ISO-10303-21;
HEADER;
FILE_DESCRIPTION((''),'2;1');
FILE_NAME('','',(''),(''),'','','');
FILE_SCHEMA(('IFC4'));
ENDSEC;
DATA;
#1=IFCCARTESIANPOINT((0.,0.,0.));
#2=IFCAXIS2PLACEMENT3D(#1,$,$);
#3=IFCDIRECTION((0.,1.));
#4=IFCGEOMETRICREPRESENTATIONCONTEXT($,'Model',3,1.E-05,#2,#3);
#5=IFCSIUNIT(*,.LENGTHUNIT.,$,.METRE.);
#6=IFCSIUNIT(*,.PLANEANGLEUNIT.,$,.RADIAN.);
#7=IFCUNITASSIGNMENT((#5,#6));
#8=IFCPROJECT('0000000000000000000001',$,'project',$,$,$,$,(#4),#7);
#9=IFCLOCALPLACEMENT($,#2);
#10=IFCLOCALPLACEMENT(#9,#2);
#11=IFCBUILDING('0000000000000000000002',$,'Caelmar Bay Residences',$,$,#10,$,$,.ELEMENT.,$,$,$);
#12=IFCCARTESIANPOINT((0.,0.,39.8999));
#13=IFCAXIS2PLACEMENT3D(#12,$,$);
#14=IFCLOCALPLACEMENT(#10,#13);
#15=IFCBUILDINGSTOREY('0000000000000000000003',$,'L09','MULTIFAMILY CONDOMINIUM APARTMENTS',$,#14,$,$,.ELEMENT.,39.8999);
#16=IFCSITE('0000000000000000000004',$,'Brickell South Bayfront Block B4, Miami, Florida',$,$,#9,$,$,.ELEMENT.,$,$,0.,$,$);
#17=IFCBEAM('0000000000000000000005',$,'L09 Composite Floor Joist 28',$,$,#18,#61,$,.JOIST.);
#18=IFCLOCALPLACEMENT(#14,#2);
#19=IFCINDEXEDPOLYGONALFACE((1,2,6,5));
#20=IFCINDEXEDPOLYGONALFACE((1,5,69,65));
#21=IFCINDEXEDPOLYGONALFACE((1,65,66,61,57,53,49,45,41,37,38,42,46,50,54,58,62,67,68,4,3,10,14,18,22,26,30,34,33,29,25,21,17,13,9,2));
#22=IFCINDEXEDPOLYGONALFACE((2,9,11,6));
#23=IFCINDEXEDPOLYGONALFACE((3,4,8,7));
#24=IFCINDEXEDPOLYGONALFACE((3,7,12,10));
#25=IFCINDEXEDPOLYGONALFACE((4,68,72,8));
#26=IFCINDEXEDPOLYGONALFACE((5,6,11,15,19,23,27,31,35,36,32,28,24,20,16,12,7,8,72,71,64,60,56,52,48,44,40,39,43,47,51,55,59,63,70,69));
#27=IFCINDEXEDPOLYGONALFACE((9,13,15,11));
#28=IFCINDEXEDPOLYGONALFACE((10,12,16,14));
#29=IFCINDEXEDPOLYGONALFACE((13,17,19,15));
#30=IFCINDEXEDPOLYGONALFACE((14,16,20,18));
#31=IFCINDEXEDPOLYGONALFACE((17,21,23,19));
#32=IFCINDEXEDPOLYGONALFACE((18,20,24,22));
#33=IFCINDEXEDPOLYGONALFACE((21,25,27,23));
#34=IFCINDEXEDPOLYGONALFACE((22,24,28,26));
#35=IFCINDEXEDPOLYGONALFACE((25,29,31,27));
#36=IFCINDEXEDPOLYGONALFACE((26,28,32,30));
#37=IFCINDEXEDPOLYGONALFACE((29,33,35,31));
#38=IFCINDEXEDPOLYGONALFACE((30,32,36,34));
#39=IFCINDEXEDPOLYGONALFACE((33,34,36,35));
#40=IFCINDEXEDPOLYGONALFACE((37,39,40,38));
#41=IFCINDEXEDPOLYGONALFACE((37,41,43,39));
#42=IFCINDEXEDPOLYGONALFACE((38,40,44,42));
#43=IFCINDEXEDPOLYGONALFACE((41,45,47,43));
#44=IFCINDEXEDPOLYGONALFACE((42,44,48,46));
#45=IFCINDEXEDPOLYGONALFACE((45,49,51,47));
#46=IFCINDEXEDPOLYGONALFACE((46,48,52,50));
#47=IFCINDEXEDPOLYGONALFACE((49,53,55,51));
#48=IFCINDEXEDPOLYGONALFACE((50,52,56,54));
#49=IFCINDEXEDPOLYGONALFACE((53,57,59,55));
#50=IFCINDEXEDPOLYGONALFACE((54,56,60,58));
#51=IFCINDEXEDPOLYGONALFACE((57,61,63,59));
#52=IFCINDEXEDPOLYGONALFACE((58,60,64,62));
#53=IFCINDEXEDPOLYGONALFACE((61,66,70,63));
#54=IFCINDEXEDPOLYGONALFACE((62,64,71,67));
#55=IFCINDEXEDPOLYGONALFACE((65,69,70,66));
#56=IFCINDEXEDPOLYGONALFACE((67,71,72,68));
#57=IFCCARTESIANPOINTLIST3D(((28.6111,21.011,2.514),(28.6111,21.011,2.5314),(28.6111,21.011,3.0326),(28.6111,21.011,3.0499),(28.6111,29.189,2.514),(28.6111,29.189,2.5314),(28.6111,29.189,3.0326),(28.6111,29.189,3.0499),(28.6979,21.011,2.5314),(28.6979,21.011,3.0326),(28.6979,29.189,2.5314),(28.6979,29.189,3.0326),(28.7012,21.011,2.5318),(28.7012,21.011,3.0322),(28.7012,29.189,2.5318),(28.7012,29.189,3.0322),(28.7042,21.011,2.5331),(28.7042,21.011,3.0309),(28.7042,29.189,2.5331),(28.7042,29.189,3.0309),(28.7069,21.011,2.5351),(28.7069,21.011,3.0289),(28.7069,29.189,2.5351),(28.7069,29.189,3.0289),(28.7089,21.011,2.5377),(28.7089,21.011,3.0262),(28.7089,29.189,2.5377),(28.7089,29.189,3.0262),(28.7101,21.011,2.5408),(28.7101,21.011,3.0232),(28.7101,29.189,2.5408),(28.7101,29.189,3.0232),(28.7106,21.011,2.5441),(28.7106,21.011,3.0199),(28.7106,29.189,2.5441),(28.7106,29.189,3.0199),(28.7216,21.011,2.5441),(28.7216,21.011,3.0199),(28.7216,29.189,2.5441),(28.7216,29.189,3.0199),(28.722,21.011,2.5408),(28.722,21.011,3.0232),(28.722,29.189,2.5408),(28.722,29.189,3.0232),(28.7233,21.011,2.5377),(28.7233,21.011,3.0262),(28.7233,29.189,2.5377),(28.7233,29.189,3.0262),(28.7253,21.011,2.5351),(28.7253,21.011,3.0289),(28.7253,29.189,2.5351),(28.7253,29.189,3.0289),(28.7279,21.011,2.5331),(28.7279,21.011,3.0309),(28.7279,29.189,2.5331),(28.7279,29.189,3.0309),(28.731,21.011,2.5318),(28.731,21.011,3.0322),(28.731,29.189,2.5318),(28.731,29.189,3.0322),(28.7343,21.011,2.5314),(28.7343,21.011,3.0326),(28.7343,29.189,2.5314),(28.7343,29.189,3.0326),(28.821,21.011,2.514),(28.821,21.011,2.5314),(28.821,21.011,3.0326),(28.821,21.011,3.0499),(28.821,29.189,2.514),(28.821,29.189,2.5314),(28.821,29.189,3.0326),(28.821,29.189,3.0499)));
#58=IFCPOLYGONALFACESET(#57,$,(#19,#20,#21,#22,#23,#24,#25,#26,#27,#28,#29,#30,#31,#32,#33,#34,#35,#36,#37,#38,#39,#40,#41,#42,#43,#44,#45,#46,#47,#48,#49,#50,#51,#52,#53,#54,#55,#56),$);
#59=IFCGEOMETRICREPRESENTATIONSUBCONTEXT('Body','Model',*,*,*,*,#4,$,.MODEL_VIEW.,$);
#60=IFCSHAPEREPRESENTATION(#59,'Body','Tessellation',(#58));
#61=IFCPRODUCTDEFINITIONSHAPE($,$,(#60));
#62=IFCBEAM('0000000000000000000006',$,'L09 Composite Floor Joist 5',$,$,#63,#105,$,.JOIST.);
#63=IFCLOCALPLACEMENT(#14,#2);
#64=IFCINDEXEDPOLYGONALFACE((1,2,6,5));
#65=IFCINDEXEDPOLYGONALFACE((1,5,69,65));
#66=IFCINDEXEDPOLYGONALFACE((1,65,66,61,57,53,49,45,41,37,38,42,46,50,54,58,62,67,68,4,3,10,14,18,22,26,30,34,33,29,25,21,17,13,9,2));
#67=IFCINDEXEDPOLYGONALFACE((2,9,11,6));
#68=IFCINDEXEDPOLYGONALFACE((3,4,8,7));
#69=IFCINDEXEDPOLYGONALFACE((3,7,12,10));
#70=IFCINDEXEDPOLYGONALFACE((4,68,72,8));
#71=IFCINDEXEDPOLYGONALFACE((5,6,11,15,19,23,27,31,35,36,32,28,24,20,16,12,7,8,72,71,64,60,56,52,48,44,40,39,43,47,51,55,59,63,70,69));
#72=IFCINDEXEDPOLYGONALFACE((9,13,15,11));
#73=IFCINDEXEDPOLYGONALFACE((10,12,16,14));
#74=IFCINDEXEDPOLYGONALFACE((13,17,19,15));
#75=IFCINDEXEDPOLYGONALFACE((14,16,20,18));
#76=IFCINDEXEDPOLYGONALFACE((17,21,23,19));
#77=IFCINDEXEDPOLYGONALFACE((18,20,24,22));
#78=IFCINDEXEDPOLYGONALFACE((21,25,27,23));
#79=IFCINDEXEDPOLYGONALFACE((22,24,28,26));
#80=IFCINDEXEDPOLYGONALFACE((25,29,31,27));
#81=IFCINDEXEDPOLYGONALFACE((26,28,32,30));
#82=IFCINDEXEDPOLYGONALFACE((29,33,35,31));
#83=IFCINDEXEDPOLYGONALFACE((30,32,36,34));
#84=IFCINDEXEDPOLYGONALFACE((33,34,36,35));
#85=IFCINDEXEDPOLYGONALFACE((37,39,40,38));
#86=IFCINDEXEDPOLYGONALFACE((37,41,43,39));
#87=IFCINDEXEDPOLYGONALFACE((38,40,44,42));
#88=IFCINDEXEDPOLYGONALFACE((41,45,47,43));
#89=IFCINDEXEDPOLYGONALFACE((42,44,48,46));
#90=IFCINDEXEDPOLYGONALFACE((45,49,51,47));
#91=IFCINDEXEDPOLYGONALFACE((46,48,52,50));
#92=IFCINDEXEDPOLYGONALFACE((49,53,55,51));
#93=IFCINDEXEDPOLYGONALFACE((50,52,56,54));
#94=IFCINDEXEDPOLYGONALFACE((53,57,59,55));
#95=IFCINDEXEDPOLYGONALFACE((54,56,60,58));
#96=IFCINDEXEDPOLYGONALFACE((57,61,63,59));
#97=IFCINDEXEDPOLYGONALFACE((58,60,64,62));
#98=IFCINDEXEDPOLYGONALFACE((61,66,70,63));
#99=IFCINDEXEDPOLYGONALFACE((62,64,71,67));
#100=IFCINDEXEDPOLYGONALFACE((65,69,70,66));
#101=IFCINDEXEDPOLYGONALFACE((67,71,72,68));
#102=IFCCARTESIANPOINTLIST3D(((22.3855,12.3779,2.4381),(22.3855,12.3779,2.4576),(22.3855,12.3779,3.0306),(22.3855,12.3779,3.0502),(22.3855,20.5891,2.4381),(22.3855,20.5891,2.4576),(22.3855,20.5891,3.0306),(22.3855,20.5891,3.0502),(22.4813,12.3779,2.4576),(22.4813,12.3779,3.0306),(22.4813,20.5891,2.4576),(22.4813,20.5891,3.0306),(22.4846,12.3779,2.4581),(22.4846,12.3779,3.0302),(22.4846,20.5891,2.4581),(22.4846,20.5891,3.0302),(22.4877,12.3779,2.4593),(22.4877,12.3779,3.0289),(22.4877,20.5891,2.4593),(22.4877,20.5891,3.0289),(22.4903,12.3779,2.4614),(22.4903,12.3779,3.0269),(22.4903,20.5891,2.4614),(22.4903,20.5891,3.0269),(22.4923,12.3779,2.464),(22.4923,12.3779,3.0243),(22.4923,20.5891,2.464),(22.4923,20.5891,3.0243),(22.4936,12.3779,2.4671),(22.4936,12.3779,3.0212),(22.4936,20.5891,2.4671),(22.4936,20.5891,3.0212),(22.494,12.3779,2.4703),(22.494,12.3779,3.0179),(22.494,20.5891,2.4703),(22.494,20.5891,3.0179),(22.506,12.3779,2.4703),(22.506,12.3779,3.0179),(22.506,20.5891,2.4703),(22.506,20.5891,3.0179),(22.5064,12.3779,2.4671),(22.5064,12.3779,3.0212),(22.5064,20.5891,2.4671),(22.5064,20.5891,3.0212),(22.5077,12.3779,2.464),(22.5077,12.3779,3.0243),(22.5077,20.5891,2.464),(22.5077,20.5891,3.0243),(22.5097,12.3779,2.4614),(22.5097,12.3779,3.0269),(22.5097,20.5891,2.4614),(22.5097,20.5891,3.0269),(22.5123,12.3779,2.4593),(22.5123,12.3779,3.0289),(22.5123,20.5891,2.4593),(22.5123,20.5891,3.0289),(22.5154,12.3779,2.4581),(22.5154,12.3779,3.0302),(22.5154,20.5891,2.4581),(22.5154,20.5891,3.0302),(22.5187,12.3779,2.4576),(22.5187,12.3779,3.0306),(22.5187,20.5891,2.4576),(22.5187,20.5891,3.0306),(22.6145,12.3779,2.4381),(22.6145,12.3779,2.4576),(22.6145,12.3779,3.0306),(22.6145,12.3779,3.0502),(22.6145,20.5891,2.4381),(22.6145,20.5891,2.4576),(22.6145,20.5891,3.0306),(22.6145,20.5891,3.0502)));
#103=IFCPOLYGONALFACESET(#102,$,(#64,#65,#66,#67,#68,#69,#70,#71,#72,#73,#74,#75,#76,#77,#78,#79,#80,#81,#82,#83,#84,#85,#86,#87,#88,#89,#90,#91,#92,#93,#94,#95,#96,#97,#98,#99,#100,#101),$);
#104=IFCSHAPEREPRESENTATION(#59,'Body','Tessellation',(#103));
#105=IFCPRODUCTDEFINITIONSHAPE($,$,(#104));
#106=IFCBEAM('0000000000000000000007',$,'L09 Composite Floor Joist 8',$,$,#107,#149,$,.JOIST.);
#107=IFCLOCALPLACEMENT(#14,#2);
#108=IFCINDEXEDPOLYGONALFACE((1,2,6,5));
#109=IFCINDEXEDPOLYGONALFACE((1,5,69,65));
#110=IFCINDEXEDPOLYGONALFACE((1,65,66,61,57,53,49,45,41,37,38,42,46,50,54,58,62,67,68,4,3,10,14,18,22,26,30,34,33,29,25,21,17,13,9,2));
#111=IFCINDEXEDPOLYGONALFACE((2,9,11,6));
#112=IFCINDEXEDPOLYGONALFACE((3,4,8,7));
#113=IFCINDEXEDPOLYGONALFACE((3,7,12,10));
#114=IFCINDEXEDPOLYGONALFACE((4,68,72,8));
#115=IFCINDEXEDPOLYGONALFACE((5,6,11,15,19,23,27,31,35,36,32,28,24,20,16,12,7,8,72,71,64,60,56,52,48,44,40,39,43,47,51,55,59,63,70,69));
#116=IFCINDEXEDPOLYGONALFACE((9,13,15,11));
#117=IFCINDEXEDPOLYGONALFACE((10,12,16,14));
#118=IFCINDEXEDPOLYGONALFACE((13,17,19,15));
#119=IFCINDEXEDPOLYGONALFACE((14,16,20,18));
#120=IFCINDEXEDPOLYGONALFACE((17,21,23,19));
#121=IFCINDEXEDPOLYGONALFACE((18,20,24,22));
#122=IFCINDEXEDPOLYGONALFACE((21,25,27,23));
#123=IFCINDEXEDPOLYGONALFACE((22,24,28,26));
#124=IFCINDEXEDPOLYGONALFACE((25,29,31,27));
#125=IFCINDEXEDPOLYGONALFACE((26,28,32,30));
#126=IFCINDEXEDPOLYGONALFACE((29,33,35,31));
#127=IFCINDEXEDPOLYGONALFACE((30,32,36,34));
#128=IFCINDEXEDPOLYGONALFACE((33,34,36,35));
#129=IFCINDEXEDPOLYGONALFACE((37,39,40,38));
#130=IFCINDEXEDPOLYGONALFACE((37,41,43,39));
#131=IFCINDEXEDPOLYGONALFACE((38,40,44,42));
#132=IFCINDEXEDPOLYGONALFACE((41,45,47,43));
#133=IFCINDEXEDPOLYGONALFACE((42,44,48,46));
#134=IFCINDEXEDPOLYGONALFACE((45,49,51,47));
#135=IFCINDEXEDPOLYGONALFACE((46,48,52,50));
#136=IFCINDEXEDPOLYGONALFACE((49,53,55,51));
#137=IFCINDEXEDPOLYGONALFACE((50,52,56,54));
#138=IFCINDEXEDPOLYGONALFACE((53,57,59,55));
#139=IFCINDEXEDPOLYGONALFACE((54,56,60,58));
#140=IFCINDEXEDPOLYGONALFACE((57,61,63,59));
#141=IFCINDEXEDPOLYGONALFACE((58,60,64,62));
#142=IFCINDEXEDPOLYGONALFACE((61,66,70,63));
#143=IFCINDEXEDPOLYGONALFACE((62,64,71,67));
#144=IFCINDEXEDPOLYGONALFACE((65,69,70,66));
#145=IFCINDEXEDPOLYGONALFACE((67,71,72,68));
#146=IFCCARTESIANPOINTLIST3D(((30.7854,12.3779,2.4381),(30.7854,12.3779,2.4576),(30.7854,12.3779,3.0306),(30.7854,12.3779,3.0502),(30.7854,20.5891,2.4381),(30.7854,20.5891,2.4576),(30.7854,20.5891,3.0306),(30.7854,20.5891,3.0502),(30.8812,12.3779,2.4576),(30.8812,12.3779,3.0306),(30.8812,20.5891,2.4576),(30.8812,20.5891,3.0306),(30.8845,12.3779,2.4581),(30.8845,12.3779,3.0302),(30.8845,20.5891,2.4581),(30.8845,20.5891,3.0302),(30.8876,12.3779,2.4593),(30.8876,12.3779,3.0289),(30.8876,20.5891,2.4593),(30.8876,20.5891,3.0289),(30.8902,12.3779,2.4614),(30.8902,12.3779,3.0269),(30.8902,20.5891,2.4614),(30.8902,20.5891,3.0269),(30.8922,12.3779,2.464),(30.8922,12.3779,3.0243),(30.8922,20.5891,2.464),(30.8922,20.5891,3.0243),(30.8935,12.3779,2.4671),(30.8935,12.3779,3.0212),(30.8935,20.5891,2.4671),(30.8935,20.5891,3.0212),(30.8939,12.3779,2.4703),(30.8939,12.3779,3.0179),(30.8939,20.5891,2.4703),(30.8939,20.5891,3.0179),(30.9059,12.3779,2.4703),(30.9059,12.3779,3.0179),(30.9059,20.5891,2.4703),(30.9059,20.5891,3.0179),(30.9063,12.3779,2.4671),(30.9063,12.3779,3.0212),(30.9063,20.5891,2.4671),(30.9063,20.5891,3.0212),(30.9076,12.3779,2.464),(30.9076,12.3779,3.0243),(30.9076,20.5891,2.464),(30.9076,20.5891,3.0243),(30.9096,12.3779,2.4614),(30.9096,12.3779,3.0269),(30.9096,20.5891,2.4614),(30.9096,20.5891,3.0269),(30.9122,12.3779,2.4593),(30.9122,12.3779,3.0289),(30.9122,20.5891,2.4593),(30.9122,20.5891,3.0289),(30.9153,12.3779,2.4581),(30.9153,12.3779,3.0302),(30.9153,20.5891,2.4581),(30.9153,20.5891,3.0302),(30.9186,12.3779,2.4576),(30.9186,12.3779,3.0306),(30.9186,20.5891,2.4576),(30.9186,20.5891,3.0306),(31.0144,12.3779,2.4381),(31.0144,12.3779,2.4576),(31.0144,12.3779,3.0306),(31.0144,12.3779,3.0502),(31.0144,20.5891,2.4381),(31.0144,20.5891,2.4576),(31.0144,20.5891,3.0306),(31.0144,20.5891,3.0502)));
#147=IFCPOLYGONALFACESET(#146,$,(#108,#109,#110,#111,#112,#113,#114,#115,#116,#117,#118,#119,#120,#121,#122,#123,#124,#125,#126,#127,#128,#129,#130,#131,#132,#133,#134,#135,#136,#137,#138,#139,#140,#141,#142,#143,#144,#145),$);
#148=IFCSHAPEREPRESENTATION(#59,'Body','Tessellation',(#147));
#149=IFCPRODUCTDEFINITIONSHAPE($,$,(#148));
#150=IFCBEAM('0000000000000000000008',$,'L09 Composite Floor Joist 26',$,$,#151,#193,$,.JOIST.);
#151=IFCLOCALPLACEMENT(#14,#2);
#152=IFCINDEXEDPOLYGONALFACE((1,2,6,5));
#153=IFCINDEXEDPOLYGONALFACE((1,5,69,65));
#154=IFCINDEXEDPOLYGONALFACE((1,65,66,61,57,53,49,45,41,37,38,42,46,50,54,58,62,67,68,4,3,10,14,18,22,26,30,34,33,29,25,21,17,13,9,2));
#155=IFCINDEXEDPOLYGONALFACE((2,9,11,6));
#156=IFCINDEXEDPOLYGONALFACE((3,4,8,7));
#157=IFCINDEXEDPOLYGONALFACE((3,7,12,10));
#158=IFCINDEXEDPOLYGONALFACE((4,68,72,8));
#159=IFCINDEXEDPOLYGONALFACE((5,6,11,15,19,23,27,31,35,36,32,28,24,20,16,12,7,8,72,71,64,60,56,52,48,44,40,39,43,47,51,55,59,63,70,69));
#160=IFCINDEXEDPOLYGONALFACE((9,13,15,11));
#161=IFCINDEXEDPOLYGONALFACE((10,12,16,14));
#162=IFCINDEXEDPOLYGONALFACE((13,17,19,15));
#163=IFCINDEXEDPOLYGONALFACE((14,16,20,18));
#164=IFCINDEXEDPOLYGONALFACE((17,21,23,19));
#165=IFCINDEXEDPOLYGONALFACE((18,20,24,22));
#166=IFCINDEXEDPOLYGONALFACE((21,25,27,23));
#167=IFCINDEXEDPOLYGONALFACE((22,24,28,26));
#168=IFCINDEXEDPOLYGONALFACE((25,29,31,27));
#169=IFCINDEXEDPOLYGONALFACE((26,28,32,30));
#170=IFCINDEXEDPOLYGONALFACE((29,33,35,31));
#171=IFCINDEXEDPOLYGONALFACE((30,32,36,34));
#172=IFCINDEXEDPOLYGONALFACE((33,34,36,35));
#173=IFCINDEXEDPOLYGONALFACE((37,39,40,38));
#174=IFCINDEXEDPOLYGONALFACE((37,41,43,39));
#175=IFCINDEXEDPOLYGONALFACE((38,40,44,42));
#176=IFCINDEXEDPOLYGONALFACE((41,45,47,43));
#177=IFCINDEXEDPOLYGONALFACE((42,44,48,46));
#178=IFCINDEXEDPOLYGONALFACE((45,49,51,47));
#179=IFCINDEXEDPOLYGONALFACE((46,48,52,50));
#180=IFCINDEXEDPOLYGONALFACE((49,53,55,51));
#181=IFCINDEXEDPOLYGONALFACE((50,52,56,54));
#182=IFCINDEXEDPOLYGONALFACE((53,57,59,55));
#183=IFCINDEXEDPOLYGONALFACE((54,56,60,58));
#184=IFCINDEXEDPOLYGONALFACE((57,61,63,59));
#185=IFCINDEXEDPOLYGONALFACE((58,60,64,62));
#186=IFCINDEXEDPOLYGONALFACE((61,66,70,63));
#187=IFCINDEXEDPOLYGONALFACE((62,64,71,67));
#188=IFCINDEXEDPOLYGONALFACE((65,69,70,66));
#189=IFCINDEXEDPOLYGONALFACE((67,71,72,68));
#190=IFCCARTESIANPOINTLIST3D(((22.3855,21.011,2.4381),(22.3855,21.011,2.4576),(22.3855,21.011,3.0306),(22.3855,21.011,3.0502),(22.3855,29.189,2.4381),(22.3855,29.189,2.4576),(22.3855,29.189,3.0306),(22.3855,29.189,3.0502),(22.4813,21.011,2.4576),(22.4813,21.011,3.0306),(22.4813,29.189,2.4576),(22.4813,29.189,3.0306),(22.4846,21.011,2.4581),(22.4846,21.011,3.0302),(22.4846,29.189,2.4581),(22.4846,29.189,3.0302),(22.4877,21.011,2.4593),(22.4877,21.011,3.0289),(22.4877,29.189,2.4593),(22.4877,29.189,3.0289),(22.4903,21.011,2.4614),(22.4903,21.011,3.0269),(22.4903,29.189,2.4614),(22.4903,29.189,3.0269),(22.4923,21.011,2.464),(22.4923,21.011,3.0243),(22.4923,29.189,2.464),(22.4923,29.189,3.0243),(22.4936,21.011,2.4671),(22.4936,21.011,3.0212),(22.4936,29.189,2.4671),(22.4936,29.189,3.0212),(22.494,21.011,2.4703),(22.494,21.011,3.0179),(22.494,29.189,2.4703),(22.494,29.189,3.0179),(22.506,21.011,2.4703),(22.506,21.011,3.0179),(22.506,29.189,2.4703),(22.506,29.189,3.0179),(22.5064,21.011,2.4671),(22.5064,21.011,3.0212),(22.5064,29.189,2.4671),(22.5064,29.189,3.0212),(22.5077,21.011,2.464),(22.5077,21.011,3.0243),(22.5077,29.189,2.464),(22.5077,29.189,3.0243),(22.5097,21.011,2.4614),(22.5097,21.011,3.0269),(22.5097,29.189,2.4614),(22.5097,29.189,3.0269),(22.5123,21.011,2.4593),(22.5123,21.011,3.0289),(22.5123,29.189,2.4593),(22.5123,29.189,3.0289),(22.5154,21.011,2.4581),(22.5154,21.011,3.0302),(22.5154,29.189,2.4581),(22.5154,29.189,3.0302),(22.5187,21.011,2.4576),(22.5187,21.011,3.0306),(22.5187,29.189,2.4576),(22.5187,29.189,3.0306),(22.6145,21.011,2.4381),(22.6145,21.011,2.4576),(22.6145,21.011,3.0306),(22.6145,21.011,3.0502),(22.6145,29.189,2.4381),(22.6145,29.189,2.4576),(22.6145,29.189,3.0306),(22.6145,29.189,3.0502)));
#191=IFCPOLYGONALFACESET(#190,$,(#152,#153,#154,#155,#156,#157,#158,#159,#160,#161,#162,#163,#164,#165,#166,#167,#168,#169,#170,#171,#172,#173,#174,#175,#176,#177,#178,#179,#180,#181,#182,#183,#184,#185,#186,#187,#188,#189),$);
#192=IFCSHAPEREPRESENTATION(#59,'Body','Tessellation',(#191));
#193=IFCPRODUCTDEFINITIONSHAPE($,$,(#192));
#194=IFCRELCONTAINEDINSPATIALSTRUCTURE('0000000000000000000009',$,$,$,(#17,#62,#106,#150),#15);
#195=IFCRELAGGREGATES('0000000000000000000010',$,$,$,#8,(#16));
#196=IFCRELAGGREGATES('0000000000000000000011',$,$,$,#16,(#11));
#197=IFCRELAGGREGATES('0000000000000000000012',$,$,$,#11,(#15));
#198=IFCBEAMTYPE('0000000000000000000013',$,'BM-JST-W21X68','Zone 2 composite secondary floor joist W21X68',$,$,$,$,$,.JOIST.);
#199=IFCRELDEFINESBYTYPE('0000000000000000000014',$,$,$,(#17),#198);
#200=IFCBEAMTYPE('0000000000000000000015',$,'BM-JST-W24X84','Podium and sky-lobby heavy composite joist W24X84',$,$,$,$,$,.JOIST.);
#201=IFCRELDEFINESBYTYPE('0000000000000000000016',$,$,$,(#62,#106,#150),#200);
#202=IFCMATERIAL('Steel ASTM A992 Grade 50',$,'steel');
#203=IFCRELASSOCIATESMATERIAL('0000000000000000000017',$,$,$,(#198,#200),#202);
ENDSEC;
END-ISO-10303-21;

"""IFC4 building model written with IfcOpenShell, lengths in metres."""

from ifc_helpers import new_model, si_unit, direction, frame, origin, origin_2d, place, context, subcontext, project, spatial, i_section, extrude, material, material_profile, profile_set, type_object, element, save


model = new_model("IFC4")

# Units and contexts
model_context = context("Model", 3, precision=1e-05, world=origin(), true_north=direction((0.0, 1.0)))
body_context = subcontext(model_context, "Body", "Model", "MODEL_VIEW")
ifc_project = project(units=[si_unit("LENGTHUNIT", "METRE"), si_unit("PLANEANGLEUNIT", "RADIAN")], contexts=[model_context])

# Site, building, storey
site_placement = place(None, origin())
site = spatial("IfcSite", under=ifc_project, at=site_placement, Name="Brickell South Bayfront Block B4, Miami, Florida", CompositionType="ELEMENT", RefElevation=0.0)
building_placement = place(site_placement, origin())
building = spatial("IfcBuilding", under=site, at=building_placement, Name="Caelmar Bay Residences", CompositionType="ELEMENT")
storey_placement = place(building_placement, frame((0.0, 0.0, 39.8999)))
storey = spatial("IfcBuildingStorey", under=building, at=storey_placement, Name="L09", Description="MULTIFAMILY CONDOMINIUM APARTMENTS", CompositionType="ELEMENT", Elevation=39.8999)

# Beams
ifc_material_1 = material(Name="Steel ASTM A992 Grade 50", Category="steel")
ifc_material_profile_1 = material_profile(ifc_material_1, i_section(OverallWidth=0.21, OverallDepth=0.5359, WebThickness=0.011, FlangeThickness=0.0173, FilletRadius=0.0127, at=origin_2d()), Name="W21X68")
ifc_profile_set_1 = profile_set([ifc_material_profile_1], Name="Steel ASTM A992 Grade 50")
beam_type_1 = type_object("IfcBeamType", Name="BM-JST-W21X68", Description="Zone 2 composite secondary floor joist W21X68", PredefinedType="JOIST", material=ifc_profile_set_1)
for number, where, z_axis, x_axis, name in (
    (1, (28.7161, 21.011, 2.782), (0.0, 1.0, 0.0), (-1.0, 0.0, 0.0), "L09 Composite Floor Joist 28"),
):
    element("IfcBeam", number, at=place(storey_placement, frame(where, z_axis=z_axis, x_axis=x_axis)), inside=storey, type_object=beam_type_1, Name=name, PredefinedType="JOIST", context=body_context, shape_type="SweptSolid", body=[
        extrude(i_section(OverallWidth=0.21, OverallDepth=0.5359, WebThickness=0.011, FlangeThickness=0.0173, FilletRadius=0.0127, at=origin_2d()), origin(), (0.0, 0.0, 1.0), 8.178),
    ])
ifc_material_profile_2 = material_profile(ifc_material_1, i_section(OverallWidth=0.229, OverallDepth=0.6121, WebThickness=0.012, FlangeThickness=0.0195, FilletRadius=0.0127, at=origin_2d()), Name="W24X84")
ifc_profile_set_2 = profile_set([ifc_material_profile_2], Name="Steel ASTM A992 Grade 50")
beam_type_2 = type_object("IfcBeamType", Name="BM-JST-W24X84", Description="Podium and sky-lobby heavy composite joist W24X84", PredefinedType="JOIST", material=ifc_profile_set_2)
for number, where, z_axis, x_axis, name in (
    (2, (22.5, 12.3779, 2.7441), (0.0, 1.0, 0.0), (-1.0, 0.0, 0.0), "L09 Composite Floor Joist 5"),
    (3, (30.8999, 12.3779, 2.7441), (0.0, 1.0, 0.0), (-1.0, 0.0, 0.0), "L09 Composite Floor Joist 8"),
):
    element("IfcBeam", number, at=place(storey_placement, frame(where, z_axis=z_axis, x_axis=x_axis)), inside=storey, type_object=beam_type_2, Name=name, PredefinedType="JOIST", context=body_context, shape_type="SweptSolid", body=[
        extrude(i_section(OverallWidth=0.229, OverallDepth=0.6121, WebThickness=0.012, FlangeThickness=0.0195, FilletRadius=0.0127, at=origin_2d()), origin(), (0.0, 0.0, 1.0), 8.2112),
    ])
for number, where, z_axis, x_axis, name in (
    (4, (22.5, 21.011, 2.7441), (0.0, 1.0, 0.0), (-1.0, 0.0, 0.0), "L09 Composite Floor Joist 26"),
):
    element("IfcBeam", number, at=place(storey_placement, frame(where, z_axis=z_axis, x_axis=x_axis)), inside=storey, type_object=beam_type_2, Name=name, PredefinedType="JOIST", context=body_context, shape_type="SweptSolid", body=[
        extrude(i_section(OverallWidth=0.229, OverallDepth=0.6121, WebThickness=0.012, FlangeThickness=0.0195, FilletRadius=0.0127, at=origin_2d()), origin(), (0.0, 0.0, 1.0), 8.178),
    ])

save(model, "model.ifc")
